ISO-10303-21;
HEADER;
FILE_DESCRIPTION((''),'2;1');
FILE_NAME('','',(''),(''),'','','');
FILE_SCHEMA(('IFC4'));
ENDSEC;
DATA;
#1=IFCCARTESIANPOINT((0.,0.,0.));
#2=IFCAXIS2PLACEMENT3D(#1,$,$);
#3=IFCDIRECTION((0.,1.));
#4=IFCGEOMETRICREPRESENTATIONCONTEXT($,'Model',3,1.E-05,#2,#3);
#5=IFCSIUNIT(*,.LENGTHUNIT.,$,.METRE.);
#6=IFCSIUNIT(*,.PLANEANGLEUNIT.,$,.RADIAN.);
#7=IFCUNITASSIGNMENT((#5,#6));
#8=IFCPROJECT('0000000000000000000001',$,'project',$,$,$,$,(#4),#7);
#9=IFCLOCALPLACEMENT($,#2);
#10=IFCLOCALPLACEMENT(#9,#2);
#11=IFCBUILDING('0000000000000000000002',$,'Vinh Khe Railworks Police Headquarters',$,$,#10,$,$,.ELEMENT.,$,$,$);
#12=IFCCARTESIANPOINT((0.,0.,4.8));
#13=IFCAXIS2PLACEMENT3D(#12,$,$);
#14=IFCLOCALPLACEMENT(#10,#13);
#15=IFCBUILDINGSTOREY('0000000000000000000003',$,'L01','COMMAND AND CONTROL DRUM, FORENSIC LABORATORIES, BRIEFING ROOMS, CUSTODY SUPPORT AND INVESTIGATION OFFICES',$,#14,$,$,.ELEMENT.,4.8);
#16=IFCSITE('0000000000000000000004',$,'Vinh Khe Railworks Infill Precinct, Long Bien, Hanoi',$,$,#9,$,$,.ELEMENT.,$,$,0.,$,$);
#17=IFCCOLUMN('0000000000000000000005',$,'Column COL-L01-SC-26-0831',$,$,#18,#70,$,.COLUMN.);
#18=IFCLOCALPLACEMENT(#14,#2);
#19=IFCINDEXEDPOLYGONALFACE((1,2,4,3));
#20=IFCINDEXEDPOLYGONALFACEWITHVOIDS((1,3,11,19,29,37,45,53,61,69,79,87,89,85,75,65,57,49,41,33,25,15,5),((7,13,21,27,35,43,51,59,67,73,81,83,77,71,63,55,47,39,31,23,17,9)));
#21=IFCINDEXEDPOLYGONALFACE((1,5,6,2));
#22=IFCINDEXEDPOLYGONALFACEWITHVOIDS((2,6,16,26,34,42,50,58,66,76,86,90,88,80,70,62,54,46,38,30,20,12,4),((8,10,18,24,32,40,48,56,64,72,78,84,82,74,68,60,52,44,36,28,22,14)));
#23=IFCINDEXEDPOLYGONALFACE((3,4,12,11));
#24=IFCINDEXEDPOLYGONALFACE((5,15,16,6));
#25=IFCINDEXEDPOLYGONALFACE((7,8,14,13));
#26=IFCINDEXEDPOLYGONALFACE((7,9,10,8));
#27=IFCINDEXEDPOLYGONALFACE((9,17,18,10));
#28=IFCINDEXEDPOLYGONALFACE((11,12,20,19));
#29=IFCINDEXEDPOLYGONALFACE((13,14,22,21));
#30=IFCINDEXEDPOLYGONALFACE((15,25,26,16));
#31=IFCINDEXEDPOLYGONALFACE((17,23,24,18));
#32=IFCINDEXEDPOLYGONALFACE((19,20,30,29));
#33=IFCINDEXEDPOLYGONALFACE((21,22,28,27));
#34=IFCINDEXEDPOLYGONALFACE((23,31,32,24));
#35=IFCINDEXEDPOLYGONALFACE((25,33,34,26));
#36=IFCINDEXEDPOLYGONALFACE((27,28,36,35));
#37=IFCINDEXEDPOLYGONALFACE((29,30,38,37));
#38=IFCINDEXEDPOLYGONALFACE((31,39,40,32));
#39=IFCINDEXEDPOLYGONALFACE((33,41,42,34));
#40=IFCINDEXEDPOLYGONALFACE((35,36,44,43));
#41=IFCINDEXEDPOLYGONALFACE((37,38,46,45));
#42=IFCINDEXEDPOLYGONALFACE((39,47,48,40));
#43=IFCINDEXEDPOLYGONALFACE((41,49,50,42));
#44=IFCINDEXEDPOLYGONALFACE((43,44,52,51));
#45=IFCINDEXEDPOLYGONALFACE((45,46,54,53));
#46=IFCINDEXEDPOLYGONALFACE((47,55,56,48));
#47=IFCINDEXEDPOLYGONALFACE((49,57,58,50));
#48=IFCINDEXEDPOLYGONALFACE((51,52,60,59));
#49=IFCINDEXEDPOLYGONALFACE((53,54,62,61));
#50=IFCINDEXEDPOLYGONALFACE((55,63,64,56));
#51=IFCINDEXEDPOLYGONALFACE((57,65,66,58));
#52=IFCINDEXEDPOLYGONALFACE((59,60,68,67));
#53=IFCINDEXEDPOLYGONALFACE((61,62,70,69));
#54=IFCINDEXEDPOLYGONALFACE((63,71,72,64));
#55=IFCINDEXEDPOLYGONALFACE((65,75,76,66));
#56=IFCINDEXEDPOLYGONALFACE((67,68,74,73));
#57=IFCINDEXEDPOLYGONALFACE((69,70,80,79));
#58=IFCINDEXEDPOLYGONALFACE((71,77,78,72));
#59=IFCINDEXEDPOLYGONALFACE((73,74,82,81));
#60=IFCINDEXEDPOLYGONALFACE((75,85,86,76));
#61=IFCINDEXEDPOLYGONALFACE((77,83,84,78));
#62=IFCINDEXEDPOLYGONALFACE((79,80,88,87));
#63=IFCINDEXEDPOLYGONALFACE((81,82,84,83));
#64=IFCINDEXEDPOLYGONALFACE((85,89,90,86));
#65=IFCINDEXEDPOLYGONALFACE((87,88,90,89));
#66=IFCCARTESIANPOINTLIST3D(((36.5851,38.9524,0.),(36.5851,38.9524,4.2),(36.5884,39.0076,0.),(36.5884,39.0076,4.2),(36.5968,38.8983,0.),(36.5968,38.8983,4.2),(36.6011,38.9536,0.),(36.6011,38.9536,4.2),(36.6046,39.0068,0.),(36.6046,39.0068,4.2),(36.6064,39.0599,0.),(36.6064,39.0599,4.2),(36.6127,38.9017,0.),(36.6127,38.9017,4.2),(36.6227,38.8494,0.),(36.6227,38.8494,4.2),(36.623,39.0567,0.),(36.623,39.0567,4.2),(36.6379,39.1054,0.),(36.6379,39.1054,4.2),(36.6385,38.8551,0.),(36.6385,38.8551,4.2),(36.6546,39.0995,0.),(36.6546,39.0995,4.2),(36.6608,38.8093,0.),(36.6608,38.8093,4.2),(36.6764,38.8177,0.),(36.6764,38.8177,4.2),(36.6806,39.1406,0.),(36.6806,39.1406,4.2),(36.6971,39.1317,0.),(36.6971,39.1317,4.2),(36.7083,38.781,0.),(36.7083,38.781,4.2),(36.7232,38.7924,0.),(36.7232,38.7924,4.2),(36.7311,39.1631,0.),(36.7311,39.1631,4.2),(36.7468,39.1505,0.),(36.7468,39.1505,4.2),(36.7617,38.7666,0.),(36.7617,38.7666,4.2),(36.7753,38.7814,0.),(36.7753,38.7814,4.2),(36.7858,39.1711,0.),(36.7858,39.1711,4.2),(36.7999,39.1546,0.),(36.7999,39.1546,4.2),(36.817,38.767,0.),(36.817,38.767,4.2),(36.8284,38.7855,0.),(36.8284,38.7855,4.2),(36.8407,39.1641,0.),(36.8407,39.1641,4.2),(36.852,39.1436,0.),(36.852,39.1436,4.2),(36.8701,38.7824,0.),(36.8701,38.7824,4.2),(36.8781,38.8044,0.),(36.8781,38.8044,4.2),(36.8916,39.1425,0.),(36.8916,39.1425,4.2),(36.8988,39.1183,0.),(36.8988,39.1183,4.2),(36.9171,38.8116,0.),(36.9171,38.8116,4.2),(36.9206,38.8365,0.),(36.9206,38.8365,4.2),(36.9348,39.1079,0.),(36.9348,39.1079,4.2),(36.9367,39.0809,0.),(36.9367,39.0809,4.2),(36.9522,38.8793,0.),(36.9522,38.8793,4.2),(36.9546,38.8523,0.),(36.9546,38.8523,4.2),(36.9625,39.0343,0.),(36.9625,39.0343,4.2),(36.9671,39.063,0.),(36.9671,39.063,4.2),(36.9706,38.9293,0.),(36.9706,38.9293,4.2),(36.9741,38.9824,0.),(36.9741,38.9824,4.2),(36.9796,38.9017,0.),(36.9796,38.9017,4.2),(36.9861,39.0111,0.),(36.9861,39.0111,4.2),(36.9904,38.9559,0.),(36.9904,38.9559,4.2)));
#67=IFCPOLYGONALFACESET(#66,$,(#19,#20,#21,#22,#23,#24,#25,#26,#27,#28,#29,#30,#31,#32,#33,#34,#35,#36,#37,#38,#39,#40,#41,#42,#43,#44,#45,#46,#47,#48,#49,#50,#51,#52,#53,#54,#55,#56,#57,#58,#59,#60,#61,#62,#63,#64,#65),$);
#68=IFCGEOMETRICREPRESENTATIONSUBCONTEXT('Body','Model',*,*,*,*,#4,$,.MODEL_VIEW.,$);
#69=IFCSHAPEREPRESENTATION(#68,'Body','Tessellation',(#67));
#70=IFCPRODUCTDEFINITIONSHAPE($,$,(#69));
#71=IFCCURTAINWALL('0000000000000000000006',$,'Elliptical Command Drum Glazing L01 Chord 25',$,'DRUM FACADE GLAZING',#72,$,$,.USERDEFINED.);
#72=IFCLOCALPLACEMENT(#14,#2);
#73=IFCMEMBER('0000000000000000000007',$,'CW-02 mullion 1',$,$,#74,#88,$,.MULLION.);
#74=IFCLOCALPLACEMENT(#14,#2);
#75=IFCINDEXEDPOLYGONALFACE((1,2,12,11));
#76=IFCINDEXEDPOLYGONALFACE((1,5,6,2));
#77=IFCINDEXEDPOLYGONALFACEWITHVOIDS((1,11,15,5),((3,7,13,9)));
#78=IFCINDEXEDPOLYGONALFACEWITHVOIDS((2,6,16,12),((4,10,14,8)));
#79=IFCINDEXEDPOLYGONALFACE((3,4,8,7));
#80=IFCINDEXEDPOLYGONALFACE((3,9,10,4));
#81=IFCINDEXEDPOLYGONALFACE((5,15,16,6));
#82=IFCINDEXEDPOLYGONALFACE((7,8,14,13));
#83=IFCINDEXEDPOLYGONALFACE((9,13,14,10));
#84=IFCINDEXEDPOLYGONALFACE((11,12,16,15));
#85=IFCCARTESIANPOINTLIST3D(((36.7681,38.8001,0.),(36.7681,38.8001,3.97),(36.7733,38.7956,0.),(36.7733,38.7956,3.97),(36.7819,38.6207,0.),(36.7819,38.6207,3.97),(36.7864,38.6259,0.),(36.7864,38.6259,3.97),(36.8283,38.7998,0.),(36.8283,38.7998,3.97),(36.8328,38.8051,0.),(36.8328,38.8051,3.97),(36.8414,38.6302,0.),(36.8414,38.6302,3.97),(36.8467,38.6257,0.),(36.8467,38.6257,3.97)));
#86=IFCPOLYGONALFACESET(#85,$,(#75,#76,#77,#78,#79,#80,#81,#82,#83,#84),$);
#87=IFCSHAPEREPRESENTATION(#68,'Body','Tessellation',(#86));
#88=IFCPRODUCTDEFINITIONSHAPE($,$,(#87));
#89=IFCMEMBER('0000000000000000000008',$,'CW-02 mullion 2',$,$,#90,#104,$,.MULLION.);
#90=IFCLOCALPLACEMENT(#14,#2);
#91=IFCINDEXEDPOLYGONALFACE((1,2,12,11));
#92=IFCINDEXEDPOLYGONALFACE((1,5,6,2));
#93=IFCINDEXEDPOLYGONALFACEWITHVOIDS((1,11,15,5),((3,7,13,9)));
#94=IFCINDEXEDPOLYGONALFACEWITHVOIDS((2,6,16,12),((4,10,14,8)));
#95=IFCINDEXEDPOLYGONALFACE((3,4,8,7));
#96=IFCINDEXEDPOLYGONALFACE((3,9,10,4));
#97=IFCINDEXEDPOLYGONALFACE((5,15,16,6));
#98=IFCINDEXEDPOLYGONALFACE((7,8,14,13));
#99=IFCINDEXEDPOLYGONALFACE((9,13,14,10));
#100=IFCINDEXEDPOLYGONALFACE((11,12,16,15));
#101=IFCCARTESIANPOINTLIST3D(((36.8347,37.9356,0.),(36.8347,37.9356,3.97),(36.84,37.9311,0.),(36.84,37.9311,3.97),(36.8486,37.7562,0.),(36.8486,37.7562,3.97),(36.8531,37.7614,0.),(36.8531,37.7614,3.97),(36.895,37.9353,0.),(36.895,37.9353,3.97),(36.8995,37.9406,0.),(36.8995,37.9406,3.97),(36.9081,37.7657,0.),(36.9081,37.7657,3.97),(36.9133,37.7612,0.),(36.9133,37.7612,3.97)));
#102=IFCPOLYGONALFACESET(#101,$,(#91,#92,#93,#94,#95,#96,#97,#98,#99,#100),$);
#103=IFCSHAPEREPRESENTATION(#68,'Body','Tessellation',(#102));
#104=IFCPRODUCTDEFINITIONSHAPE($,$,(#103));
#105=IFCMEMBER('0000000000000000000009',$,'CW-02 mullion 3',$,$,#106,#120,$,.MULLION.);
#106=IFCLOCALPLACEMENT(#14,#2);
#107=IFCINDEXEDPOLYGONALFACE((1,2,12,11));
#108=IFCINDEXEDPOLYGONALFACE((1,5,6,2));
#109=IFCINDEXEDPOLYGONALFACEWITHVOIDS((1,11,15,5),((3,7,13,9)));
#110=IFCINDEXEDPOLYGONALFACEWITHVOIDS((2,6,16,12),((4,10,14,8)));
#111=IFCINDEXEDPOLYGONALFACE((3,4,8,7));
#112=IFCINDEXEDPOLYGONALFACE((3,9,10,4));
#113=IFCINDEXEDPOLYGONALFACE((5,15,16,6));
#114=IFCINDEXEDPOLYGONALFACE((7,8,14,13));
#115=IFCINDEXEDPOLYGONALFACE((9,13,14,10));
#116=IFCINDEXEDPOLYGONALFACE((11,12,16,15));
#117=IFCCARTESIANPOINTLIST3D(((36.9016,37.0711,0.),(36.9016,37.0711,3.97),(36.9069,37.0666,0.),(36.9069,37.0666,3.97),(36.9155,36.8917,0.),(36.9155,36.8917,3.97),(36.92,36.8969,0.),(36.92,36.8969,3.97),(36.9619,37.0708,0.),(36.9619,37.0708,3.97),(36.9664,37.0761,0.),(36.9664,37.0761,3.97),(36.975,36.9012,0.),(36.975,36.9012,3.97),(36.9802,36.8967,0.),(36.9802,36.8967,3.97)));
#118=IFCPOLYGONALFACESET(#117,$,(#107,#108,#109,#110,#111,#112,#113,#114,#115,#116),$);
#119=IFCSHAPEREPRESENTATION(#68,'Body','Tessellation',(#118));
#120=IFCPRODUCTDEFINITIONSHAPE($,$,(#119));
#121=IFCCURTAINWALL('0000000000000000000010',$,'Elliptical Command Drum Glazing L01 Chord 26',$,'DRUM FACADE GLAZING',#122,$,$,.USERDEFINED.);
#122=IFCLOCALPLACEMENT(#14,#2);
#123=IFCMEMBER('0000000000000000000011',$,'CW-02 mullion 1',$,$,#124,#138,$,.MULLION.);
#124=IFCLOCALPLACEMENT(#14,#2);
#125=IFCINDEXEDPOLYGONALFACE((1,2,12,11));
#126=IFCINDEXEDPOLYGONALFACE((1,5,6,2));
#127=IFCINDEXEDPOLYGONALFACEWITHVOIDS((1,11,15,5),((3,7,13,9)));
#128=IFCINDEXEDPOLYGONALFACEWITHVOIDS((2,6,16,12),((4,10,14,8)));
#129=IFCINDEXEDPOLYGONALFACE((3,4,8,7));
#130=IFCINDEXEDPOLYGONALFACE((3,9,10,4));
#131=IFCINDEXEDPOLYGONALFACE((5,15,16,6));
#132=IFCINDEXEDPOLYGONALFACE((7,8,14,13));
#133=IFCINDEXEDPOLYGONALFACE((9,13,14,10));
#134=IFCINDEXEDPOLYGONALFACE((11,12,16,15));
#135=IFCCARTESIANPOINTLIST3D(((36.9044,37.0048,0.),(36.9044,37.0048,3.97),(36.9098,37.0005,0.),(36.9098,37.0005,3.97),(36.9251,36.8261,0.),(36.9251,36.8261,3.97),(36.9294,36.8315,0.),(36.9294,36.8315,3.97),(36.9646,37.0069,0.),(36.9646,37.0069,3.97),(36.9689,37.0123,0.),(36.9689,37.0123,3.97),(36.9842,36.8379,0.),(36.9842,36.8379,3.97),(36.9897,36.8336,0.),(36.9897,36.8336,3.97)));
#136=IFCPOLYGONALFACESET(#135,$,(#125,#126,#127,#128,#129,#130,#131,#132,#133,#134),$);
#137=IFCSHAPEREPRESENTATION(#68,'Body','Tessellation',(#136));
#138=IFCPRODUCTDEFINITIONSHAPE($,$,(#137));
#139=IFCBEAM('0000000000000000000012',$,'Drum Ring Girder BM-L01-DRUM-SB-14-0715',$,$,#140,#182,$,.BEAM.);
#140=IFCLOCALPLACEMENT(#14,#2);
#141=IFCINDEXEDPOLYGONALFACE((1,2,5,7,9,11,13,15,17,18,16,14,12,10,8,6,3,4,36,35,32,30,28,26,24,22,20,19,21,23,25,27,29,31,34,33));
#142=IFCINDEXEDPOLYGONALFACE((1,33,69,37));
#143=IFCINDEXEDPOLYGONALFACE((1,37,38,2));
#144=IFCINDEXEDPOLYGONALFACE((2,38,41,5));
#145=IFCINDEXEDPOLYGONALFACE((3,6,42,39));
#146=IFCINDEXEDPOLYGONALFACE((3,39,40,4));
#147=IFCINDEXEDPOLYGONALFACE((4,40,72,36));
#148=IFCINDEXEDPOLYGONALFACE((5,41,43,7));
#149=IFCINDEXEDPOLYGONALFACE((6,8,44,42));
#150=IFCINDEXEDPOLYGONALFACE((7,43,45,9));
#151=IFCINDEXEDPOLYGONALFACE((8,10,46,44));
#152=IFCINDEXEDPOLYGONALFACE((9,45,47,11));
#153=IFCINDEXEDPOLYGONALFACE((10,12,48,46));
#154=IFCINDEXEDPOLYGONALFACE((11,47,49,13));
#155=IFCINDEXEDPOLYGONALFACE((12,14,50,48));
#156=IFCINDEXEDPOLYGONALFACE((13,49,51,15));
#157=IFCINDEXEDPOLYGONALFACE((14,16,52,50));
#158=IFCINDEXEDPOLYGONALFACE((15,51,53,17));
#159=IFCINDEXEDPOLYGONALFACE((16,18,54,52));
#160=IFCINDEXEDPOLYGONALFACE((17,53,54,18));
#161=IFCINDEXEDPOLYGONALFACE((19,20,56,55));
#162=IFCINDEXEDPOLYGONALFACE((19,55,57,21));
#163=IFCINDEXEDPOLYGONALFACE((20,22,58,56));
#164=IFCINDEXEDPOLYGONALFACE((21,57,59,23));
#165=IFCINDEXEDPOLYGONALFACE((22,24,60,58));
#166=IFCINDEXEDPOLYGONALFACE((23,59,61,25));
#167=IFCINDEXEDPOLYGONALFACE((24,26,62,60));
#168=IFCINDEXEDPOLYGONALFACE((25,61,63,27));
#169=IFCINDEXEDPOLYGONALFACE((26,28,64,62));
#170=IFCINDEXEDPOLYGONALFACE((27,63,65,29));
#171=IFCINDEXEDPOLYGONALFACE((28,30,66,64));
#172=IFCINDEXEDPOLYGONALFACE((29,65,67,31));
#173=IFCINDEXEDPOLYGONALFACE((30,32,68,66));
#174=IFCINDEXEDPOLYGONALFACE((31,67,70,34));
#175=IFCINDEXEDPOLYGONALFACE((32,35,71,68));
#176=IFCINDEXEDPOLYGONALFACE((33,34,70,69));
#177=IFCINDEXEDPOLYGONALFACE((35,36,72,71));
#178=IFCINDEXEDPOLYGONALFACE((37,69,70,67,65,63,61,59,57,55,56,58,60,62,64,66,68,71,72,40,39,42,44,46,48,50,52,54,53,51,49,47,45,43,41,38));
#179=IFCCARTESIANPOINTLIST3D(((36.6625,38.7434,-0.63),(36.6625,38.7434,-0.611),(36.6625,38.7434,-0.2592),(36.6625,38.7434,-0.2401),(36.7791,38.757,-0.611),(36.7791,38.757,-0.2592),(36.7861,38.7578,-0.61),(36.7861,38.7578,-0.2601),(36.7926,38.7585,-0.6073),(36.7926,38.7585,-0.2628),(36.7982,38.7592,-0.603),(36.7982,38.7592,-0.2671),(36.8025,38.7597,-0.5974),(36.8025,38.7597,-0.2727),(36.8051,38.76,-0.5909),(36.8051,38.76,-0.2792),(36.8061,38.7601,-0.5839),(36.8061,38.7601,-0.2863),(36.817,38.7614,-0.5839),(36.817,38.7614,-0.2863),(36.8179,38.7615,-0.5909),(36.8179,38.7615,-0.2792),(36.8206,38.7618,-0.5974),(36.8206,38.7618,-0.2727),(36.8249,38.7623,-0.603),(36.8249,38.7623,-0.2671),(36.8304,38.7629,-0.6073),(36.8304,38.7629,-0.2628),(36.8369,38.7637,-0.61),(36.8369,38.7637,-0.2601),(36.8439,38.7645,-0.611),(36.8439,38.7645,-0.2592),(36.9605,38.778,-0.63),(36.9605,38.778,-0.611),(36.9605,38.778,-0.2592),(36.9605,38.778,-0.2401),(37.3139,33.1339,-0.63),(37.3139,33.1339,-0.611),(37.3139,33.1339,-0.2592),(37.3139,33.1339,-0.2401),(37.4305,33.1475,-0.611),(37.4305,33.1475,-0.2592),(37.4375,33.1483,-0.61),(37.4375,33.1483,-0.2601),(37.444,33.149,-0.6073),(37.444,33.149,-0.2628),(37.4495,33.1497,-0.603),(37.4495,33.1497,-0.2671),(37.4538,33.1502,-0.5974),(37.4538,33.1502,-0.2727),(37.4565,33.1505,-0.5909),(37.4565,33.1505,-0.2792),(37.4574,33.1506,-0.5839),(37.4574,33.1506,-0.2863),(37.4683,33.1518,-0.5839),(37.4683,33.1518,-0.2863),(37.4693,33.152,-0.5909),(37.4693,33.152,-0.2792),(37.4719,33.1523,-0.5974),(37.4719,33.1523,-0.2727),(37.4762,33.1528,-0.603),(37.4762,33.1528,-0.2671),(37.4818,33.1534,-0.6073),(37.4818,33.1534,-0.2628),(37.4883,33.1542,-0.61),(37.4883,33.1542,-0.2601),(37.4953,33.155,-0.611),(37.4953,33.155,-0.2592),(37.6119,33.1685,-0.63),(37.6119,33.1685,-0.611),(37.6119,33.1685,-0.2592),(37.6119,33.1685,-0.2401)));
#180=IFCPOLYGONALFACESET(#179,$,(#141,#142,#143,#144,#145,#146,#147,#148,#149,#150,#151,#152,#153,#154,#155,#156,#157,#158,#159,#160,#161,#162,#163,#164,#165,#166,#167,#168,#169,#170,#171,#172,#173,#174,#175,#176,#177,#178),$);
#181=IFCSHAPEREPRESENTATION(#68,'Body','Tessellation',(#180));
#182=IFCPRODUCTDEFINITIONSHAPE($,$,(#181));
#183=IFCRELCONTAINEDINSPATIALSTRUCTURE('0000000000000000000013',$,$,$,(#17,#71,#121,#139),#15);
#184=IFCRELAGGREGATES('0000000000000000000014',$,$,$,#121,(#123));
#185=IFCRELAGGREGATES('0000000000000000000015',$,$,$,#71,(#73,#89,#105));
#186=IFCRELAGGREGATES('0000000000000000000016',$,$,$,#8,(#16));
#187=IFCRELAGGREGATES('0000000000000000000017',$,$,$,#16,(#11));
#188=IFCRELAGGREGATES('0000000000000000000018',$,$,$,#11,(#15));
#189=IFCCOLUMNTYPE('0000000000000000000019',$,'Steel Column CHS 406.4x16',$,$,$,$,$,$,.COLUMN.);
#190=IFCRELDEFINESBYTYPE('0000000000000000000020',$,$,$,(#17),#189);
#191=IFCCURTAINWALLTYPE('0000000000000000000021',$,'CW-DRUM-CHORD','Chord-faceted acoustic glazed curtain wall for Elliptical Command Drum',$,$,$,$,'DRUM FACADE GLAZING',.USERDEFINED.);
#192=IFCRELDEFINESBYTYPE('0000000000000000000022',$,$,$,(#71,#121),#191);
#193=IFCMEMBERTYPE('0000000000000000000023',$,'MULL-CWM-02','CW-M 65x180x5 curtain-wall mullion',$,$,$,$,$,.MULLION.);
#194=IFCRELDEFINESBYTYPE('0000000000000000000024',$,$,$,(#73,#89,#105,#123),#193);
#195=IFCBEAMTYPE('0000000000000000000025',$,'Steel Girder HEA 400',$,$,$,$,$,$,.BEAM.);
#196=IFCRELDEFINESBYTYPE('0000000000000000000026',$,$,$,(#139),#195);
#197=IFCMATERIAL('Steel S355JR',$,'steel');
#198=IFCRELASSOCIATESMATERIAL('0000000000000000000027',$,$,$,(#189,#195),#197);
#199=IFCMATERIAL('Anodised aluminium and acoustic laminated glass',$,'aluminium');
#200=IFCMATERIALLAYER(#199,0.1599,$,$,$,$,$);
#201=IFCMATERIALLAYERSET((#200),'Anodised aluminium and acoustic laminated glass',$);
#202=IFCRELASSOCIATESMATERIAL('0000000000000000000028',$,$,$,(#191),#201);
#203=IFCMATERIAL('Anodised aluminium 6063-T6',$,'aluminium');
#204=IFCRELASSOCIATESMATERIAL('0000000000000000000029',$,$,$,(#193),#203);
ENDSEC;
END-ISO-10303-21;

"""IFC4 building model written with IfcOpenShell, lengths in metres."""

from ifc_helpers import new_model, si_unit, direction, frame, origin, origin_2d, place, context, subcontext, project, spatial, hollow_rectangle, hollow_circle, i_section, extrude, material, layer, layer_set, material_profile, profile_set, type_object, element, aggregate, save


model = new_model("IFC4")

# Units and contexts
model_context = context("Model", 3, precision=1e-05, world=origin(), true_north=direction((0.0, 1.0)))
body_context = subcontext(model_context, "Body", "Model", "MODEL_VIEW")
ifc_project = project(units=[si_unit("LENGTHUNIT", "METRE"), si_unit("PLANEANGLEUNIT", "RADIAN")], contexts=[model_context])

# Site, building, storey
site_placement = place(None, origin())
site = spatial("IfcSite", under=ifc_project, at=site_placement, Name="Vinh Khe Railworks Infill Precinct, Long Bien, Hanoi", CompositionType="ELEMENT", RefElevation=0.0)
building_placement = place(site_placement, origin())
building = spatial("IfcBuilding", under=site, at=building_placement, Name="Vinh Khe Railworks Police Headquarters", CompositionType="ELEMENT")
storey_placement = place(building_placement, frame((0.0, 0.0, 4.8)))
storey = spatial("IfcBuildingStorey", under=building, at=storey_placement, Name="L01", Description="COMMAND AND CONTROL DRUM, FORENSIC LABORATORIES, BRIEFING ROOMS, CUSTODY SUPPORT AND INVESTIGATION OFFICES", CompositionType="ELEMENT", Elevation=4.8)

# Column
ifc_material_1 = material(Name="Steel S355JR", Category="steel")
ifc_material_profile_1 = material_profile(ifc_material_1, hollow_circle(Radius=0.2031, WallThickness=0.0161, at=origin_2d()), Name="CHS 406.4x16")
ifc_profile_set_1 = profile_set([ifc_material_profile_1], Name="Steel S355JR")
column_type = type_object("IfcColumnType", Name="Steel Column CHS 406.4x16", PredefinedType="COLUMN", material=ifc_profile_set_1)
column_placement = place(storey_placement, frame((36.7876, 38.968, 0.0), z_axis=(0.0, 0.0, 1.0), x_axis=(-0.997039, -0.076893, 0.0)))
element("IfcColumn", 1, at=column_placement, inside=storey, type_object=column_type, Name="Column COL-L01-SC-26-0831", PredefinedType="COLUMN", context=body_context, shape_type="SweptSolid", body=[
    extrude(hollow_circle(Radius=0.2031, WallThickness=0.0161, at=origin_2d()), origin(), (0.0, 0.0, 1.0), 4.2),
])

# Curtain wall, members
ifc_material_2 = material(Name="Anodised aluminium and acoustic laminated glass", Category="aluminium")
ifc_layer_1 = layer(ifc_material_2, 0.1599)
ifc_layer_set_1 = layer_set([ifc_layer_1], Name="Anodised aluminium and acoustic laminated glass")
curtain_wall_type = type_object("IfcCurtainWallType", Name="CW-DRUM-CHORD", Description="Chord-faceted acoustic glazed curtain wall for Elliptical Command Drum", ElementType="DRUM FACADE GLAZING", PredefinedType="USERDEFINED", material=ifc_layer_set_1)
curtain_wall_1_placement = place(storey_placement, origin())
curtain_wall_1 = element("IfcCurtainWall", 2, at=curtain_wall_1_placement, inside=storey, type_object=curtain_wall_type, Name="Elliptical Command Drum Glazing L01 Chord 25", ObjectType="DRUM FACADE GLAZING", PredefinedType="USERDEFINED")
ifc_material_3 = material(Name="Anodised aluminium 6063-T6", Category="aluminium")
ifc_material_profile_2 = material_profile(ifc_material_3, hollow_rectangle(XDim=0.0649, YDim=0.1799, WallThickness=0.0049, at=origin_2d()), Name="CW-M 65x180x5")
ifc_profile_set_2 = profile_set([ifc_material_profile_2], Name="Anodised aluminium 6063-T6")
member_type_1 = type_object("IfcMemberType", Name="MULL-CWM-02", Description="CW-M 65x180x5 curtain-wall mullion", PredefinedType="MULLION", material=ifc_profile_set_2)
member_1_placement = place(storey_placement, frame((36.8074, 38.7129, 0.0), z_axis=(0.0, 0.0, 1.0), x_axis=(0.997033, 0.076972, 0.0)))
member_1 = element("IfcMember", 3, at=member_1_placement, type_object=member_type_1, Name="CW-02 mullion 1", PredefinedType="MULLION", context=body_context, shape_type="SweptSolid", body=[
    extrude(hollow_rectangle(XDim=0.0649, YDim=0.1799, WallThickness=0.0049, at=origin_2d()), origin(), (0.0, 0.0, 1.0), 3.97),
])
member_2_placement = place(storey_placement, frame((36.874, 37.8484, 0.0), z_axis=(0.0, 0.0, 1.0), x_axis=(0.997033, 0.076972, 0.0)))
member_2 = element("IfcMember", 4, at=member_2_placement, type_object=member_type_1, Name="CW-02 mullion 2", PredefinedType="MULLION", context=body_context, shape_type="SweptSolid", body=[
    extrude(hollow_rectangle(XDim=0.0649, YDim=0.1799, WallThickness=0.0049, at=origin_2d()), origin(), (0.0, 0.0, 1.0), 3.97),
])
member_3_placement = place(storey_placement, frame((36.9409, 36.9839, 0.0), z_axis=(0.0, 0.0, 1.0), x_axis=(0.997033, 0.076972, 0.0)))
member_3 = element("IfcMember", 5, at=member_3_placement, type_object=member_type_1, Name="CW-02 mullion 3", PredefinedType="MULLION", context=body_context, shape_type="SweptSolid", body=[
    extrude(hollow_rectangle(XDim=0.0649, YDim=0.1799, WallThickness=0.0049, at=origin_2d()), origin(), (0.0, 0.0, 1.0), 3.97),
])

# Curtain wall, member
curtain_wall_2_placement = place(storey_placement, origin())
curtain_wall_2 = element("IfcCurtainWall", 6, at=curtain_wall_2_placement, inside=storey, type_object=curtain_wall_type, Name="Elliptical Command Drum Glazing L01 Chord 26", ObjectType="DRUM FACADE GLAZING", PredefinedType="USERDEFINED")
member_4_placement = place(storey_placement, frame((36.947, 36.9192, 0.0), z_axis=(0.0, 0.0, 1.0), x_axis=(0.993329, 0.115318, 0.0)))
member_4 = element("IfcMember", 7, at=member_4_placement, type_object=member_type_1, Name="CW-02 mullion 1", PredefinedType="MULLION", context=body_context, shape_type="SweptSolid", body=[
    extrude(hollow_rectangle(XDim=0.0649, YDim=0.1799, WallThickness=0.0049, at=origin_2d()), origin(), (0.0, 0.0, 1.0), 3.97),
])

# Beam
ifc_material_profile_3 = material_profile(ifc_material_1, i_section(OverallWidth=0.3, OverallDepth=0.3899, WebThickness=0.011, FlangeThickness=0.019, FilletRadius=0.0271, at=origin_2d()), Name="HEA 400")
ifc_profile_set_3 = profile_set([ifc_material_profile_3], Name="Steel S355JR")
beam_type = type_object("IfcBeamType", Name="Steel Girder HEA 400", PredefinedType="BEAM", material=ifc_profile_set_3)
beam_1_placement = place(storey_placement, frame((36.8115, 38.7607, -0.4351), z_axis=(0.115341, -0.993326, 0.0), x_axis=(0.993326, 0.115341, 0.0)))
element("IfcBeam", 8, at=beam_1_placement, inside=storey, type_object=beam_type, Name="Drum Ring Girder BM-L01-DRUM-SB-14-0715", PredefinedType="BEAM", context=body_context, shape_type="SweptSolid", body=[
    extrude(i_section(OverallWidth=0.3, OverallDepth=0.3899, WebThickness=0.011, FlangeThickness=0.019, FilletRadius=0.0271, at=origin_2d()), origin(), (0.0, 0.0, 1.0), 5.6472),
])

aggregate(curtain_wall_2, [member_4])

aggregate(curtain_wall_1, [member_1, member_2, member_3])

save(model, "model.ifc")
